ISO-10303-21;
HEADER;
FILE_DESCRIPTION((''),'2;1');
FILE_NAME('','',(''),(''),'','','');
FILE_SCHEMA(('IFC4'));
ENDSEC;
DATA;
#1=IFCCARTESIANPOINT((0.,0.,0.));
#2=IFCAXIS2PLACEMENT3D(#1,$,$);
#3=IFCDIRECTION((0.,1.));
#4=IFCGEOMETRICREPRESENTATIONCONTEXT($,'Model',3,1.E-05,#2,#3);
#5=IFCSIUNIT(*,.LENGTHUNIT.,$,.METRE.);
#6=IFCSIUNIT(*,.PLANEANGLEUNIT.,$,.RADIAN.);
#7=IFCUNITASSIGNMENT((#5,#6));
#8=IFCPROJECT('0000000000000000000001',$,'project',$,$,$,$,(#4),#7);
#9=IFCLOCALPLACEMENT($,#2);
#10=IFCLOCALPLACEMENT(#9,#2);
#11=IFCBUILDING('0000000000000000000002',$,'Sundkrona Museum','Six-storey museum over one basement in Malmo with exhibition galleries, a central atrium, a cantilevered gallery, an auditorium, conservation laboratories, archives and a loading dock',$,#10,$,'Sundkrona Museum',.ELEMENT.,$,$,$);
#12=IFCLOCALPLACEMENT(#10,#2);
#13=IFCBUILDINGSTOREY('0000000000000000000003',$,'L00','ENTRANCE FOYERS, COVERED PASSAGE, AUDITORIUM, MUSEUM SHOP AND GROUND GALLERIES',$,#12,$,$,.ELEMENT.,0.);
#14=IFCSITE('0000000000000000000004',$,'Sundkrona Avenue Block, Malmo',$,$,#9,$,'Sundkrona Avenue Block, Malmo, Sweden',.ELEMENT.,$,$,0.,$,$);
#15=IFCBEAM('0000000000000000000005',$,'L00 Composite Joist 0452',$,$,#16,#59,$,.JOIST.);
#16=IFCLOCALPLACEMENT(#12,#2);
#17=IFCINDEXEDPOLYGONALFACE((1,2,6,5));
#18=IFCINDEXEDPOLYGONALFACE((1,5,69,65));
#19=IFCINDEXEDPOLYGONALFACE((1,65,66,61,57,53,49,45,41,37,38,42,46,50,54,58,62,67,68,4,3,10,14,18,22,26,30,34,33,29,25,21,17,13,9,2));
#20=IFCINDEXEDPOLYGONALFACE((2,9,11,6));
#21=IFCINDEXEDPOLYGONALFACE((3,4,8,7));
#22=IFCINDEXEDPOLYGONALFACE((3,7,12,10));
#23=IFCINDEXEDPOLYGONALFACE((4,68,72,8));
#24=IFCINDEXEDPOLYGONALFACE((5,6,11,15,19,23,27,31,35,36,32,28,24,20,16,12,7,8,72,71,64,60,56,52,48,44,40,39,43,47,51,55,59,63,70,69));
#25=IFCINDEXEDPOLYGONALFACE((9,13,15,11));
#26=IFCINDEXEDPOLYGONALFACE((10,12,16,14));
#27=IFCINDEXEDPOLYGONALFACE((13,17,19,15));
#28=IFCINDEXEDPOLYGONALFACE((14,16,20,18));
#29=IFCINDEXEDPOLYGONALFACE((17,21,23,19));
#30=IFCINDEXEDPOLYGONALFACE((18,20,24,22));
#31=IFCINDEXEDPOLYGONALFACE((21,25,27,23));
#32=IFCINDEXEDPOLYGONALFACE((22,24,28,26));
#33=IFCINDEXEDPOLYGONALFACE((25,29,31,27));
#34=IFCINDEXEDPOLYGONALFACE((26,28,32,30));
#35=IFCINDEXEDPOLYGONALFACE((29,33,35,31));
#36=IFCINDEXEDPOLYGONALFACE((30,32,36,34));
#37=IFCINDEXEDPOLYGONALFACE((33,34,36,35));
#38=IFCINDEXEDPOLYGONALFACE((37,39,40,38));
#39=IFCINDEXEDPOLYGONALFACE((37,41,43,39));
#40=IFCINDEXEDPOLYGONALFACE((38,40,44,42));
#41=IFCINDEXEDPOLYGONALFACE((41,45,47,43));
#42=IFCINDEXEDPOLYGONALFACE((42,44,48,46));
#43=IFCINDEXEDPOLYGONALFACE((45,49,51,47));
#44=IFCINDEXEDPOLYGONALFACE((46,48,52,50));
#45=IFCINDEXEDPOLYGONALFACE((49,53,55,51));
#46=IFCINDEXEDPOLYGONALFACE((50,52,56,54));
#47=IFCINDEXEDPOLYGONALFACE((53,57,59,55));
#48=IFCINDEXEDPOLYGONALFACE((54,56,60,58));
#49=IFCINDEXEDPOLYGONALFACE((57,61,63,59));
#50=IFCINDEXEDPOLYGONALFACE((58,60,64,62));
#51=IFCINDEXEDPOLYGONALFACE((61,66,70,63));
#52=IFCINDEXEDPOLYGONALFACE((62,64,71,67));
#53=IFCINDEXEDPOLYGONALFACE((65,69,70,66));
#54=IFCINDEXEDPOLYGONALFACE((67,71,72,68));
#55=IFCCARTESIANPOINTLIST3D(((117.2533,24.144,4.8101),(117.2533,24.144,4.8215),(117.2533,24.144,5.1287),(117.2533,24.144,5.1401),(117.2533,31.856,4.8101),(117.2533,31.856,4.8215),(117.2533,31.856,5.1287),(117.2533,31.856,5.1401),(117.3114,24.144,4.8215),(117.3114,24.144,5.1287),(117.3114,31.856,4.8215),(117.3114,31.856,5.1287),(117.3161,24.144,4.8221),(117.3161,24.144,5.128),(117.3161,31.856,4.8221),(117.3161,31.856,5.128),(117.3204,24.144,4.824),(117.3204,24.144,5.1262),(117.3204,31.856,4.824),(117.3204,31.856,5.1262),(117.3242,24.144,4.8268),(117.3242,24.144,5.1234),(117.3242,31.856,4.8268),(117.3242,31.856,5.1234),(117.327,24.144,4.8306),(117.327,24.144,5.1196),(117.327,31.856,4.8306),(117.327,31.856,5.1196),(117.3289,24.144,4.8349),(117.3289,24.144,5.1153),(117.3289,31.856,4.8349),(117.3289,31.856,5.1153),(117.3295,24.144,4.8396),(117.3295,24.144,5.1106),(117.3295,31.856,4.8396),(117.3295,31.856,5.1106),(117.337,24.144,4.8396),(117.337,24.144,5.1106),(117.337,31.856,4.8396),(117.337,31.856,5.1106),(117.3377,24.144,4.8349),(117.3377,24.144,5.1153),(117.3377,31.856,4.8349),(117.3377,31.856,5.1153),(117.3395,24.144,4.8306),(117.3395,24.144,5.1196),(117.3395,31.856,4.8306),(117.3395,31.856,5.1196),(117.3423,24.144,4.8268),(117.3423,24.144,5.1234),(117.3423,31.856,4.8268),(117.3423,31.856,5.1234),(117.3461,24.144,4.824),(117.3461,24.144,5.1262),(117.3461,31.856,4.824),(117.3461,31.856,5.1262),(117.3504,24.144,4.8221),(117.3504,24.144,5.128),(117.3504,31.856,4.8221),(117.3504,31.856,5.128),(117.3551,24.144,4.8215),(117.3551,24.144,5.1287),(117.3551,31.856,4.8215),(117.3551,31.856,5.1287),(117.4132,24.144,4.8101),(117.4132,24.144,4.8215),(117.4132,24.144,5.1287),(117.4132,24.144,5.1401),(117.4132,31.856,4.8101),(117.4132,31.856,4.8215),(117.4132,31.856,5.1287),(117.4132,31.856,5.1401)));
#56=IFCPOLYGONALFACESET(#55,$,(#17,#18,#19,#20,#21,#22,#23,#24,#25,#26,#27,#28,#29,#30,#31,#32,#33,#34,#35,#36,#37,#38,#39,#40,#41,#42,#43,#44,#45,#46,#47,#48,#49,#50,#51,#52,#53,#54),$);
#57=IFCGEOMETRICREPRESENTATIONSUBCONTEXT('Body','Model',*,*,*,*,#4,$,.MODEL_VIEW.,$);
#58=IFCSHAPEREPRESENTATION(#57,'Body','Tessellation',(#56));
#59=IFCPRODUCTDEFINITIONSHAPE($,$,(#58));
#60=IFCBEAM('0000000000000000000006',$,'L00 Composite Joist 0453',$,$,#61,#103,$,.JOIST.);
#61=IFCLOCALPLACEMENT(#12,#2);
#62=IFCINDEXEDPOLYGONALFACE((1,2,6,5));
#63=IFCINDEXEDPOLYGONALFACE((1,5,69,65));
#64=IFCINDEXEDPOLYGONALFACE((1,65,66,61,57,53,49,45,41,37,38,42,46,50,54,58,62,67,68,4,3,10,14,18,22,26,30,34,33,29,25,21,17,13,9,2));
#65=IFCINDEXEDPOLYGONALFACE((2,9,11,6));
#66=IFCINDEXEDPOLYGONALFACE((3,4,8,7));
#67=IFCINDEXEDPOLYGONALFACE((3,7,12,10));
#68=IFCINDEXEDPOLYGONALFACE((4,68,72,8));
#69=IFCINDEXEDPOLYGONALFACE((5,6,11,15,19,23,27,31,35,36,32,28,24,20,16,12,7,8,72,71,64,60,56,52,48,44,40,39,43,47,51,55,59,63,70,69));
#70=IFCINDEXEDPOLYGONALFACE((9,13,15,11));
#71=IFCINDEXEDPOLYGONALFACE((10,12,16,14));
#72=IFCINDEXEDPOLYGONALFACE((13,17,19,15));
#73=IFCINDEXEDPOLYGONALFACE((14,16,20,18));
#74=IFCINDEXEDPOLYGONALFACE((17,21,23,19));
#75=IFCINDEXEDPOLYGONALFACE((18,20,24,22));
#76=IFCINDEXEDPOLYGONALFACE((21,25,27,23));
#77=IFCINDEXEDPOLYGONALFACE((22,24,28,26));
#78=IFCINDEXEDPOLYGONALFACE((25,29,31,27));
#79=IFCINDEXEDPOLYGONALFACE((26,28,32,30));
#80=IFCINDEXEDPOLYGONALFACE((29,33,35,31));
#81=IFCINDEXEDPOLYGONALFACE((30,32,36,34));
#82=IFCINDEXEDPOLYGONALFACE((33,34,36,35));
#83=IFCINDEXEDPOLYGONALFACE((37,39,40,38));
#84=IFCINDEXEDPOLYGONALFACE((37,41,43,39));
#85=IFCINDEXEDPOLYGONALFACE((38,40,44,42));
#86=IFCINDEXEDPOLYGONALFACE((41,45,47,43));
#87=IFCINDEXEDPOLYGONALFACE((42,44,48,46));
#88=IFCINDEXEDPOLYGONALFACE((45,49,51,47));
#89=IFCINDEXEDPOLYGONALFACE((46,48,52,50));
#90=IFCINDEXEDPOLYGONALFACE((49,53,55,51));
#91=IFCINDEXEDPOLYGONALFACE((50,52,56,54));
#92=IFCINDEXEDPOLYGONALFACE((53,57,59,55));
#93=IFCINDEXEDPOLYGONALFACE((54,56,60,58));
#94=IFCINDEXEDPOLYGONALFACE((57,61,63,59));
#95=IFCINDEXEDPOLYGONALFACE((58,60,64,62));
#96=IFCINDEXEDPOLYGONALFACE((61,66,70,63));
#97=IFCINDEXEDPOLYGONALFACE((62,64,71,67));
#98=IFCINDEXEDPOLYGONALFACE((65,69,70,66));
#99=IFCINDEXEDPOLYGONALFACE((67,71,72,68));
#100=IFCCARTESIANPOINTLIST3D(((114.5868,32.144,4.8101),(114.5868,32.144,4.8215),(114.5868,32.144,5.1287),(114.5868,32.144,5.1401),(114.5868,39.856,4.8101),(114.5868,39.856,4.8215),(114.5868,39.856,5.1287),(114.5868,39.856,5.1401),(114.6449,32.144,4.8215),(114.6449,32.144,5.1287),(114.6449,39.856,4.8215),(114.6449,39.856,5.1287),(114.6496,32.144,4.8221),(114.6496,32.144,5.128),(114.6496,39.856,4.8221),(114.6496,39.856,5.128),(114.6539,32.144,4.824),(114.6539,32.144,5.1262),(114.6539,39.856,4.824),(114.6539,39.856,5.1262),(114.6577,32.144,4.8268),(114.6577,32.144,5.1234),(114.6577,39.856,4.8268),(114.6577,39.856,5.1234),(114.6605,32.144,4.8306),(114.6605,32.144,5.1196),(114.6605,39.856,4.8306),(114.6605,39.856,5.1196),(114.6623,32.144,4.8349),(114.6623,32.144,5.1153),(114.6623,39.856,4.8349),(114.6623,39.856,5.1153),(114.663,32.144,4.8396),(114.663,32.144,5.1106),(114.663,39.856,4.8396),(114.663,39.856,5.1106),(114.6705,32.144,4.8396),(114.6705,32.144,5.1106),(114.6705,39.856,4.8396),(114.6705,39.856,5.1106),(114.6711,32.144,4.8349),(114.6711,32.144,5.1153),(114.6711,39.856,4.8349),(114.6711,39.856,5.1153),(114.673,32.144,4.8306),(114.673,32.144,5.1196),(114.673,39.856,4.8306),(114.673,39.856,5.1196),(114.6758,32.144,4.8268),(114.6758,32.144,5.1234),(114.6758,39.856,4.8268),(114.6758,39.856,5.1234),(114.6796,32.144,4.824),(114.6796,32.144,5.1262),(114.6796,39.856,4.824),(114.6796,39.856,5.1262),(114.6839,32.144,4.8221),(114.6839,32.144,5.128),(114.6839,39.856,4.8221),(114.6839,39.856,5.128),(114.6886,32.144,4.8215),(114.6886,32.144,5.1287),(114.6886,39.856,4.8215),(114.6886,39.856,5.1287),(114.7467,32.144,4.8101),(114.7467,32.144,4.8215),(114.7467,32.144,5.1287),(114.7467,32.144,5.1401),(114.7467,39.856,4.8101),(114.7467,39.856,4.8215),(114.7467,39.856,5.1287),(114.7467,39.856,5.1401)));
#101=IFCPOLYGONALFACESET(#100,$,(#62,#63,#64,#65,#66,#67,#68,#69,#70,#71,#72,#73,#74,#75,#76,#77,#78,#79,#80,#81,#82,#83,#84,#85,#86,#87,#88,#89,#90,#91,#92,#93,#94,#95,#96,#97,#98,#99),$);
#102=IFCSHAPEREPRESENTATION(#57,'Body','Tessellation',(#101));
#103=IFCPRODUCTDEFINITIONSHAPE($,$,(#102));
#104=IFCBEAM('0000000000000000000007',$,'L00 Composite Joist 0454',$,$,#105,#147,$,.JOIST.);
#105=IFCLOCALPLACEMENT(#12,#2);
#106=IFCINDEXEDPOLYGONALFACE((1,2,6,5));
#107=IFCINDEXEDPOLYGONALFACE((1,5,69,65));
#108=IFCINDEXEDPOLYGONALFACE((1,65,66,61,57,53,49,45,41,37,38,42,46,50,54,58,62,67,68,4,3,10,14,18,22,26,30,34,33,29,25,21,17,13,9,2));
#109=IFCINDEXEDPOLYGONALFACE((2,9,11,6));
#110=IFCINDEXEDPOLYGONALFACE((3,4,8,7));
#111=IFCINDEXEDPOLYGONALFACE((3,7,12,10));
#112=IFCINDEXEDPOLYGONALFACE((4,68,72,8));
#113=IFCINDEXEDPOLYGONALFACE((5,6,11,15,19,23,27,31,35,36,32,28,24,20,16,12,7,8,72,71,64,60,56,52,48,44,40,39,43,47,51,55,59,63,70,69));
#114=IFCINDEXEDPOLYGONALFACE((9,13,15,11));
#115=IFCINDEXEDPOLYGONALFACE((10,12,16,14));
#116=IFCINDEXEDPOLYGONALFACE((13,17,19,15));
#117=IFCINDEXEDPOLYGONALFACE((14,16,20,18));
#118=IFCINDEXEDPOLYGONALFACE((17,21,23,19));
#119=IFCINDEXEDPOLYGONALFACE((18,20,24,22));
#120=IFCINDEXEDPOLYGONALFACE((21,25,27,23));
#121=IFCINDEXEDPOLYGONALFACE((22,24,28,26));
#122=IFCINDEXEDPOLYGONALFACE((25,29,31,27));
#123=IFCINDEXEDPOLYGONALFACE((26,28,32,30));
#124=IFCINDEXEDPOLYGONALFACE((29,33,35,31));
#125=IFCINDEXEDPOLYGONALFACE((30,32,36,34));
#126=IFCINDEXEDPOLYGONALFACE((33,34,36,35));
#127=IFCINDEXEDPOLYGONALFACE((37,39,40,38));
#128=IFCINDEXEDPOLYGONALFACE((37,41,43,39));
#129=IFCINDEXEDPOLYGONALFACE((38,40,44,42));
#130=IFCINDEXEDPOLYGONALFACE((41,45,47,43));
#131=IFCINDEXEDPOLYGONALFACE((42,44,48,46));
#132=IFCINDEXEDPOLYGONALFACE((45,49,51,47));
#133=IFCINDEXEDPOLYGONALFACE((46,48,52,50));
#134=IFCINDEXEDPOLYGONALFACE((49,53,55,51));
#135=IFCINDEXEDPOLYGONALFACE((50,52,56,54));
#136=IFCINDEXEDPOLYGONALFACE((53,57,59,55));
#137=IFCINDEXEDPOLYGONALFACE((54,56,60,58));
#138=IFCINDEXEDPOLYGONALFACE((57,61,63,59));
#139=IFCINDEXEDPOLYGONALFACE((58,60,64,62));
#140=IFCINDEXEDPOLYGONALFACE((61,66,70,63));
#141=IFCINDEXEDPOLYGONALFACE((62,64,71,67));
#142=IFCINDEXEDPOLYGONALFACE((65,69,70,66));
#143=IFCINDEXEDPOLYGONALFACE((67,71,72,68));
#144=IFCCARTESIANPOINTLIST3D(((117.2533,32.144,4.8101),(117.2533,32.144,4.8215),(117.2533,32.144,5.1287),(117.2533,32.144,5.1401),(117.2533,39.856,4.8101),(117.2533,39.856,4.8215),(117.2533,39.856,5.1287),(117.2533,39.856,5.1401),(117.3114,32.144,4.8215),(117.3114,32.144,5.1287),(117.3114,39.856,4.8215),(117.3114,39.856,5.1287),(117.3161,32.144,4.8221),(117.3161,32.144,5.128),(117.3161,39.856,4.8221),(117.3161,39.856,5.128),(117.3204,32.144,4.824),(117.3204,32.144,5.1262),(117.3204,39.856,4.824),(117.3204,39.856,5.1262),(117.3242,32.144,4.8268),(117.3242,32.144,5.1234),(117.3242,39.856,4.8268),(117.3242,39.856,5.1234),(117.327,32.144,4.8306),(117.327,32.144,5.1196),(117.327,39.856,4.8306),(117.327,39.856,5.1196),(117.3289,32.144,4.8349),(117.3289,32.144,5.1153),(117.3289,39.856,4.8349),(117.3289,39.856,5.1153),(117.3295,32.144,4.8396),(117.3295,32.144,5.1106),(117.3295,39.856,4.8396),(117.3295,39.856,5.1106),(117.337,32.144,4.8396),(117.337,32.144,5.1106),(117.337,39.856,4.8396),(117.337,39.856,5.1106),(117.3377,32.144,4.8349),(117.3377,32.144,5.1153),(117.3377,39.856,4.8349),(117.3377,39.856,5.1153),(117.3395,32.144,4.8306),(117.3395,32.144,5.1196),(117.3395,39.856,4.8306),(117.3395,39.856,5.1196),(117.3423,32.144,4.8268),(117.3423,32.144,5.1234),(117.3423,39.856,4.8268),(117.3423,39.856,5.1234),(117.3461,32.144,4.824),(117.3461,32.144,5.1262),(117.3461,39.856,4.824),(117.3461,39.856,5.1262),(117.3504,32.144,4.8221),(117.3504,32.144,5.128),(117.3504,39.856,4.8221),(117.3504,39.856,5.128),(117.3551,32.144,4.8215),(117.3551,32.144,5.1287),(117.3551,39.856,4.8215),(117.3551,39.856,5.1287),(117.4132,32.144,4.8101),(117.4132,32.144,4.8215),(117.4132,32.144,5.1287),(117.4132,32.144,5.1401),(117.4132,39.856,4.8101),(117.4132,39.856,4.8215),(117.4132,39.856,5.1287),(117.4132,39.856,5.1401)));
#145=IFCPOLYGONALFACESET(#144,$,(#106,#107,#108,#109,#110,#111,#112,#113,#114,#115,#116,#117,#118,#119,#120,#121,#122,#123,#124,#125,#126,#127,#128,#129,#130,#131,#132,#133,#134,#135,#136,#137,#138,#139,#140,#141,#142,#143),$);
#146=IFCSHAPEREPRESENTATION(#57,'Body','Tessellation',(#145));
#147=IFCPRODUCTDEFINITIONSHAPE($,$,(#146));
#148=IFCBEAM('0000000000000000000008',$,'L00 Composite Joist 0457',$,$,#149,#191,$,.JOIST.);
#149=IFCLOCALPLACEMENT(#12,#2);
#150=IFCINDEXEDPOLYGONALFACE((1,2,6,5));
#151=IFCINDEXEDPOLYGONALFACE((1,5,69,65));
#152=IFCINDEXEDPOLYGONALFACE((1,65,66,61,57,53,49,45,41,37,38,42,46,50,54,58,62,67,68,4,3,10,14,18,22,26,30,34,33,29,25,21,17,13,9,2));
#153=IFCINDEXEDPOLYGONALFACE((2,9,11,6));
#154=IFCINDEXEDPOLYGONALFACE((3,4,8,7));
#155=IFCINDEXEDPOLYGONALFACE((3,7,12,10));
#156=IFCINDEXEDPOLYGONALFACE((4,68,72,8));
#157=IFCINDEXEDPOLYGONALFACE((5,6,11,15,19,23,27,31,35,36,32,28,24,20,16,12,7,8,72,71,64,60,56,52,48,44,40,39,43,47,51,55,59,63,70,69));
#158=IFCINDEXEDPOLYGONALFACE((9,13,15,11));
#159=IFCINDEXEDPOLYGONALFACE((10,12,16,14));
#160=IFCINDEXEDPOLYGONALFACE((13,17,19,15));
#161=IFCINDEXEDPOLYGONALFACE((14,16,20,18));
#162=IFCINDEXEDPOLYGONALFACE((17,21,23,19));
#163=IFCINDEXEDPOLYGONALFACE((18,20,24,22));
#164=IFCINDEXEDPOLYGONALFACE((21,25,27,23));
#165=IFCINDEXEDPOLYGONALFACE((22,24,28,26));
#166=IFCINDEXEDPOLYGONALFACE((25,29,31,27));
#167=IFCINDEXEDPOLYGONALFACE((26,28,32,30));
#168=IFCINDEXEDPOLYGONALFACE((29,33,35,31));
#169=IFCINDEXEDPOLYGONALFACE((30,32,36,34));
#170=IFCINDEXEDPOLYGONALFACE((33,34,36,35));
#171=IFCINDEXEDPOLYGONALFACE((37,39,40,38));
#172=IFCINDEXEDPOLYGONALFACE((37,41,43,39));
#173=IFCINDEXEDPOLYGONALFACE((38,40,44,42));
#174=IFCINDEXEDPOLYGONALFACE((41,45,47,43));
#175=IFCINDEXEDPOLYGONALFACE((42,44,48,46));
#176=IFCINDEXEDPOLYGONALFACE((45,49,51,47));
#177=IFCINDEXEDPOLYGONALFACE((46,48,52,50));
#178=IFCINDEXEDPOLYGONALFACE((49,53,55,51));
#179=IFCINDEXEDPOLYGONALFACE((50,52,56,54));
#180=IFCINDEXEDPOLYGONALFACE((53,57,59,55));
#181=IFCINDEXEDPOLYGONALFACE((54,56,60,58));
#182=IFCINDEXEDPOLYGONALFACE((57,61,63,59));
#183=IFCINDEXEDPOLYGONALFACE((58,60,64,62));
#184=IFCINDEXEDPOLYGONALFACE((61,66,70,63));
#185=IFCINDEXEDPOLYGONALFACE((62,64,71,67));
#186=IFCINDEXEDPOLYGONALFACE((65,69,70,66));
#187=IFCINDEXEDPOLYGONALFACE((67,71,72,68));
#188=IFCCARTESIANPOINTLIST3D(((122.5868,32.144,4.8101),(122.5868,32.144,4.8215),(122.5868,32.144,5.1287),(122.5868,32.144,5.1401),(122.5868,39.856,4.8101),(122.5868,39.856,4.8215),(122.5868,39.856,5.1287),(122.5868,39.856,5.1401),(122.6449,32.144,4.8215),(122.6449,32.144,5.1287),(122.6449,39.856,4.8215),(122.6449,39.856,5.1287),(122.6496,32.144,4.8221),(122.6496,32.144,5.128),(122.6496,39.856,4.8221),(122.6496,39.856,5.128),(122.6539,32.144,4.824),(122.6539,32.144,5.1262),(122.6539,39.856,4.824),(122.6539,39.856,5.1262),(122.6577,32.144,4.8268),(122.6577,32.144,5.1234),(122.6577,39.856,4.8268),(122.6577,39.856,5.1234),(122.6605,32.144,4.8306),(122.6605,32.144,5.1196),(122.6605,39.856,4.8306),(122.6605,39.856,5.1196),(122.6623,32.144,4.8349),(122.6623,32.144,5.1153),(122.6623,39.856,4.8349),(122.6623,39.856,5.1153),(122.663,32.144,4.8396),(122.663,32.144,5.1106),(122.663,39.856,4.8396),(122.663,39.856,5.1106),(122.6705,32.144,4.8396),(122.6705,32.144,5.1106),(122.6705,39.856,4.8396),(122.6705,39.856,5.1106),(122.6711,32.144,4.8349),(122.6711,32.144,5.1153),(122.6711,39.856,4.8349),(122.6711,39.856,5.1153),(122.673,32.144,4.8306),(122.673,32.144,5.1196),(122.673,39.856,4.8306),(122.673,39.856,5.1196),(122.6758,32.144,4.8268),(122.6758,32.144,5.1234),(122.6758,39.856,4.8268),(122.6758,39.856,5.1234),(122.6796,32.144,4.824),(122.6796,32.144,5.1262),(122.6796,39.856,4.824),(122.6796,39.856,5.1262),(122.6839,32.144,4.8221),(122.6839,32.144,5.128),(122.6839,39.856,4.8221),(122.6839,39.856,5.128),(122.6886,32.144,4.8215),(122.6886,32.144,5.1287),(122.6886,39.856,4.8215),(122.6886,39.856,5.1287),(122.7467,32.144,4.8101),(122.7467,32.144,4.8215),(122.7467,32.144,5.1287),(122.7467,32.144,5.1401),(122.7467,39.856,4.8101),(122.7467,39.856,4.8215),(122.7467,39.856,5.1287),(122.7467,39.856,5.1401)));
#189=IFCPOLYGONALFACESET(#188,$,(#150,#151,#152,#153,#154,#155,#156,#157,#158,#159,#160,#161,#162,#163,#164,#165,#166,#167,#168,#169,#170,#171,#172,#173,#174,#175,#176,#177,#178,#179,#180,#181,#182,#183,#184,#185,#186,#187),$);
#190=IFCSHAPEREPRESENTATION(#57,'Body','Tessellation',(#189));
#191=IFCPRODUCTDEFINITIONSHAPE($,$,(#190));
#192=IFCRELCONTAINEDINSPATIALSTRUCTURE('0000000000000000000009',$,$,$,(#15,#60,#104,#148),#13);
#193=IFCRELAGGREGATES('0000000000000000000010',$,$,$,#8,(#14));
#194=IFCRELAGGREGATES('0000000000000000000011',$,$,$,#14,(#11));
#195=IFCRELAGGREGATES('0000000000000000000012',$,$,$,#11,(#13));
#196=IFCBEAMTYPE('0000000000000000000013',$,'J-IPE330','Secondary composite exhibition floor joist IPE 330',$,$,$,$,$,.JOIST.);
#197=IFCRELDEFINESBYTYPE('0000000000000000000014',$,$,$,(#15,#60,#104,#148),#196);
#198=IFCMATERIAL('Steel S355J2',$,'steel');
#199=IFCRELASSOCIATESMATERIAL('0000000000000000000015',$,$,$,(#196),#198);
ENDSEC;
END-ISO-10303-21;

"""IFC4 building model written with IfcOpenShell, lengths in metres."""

from ifc_helpers import new_model, si_unit, direction, frame, origin, origin_2d, place, context, subcontext, project, spatial, i_section, extrude, material, material_profile, profile_set, type_object, element, save


model = new_model("IFC4")

# Units and contexts
model_context = context("Model", 3, precision=1e-05, world=origin(), true_north=direction((0.0, 1.0)))
body_context = subcontext(model_context, "Body", "Model", "MODEL_VIEW")
ifc_project = project(units=[si_unit("LENGTHUNIT", "METRE"), si_unit("PLANEANGLEUNIT", "RADIAN")], contexts=[model_context])

# Site, building, storey
site_placement = place(None, origin())
site = spatial("IfcSite", under=ifc_project, at=site_placement, Name="Sundkrona Avenue Block, Malmo", LongName="Sundkrona Avenue Block, Malmo, Sweden", CompositionType="ELEMENT", RefElevation=0.0)
building_placement = place(site_placement, origin())
building = spatial("IfcBuilding", under=site, at=building_placement, Name="Sundkrona Museum", Description="Six-storey museum over one basement in Malmo with exhibition galleries, a central atrium, a cantilevered gallery, an auditorium, conservation laboratories, archives and a loading dock", LongName="Sundkrona Museum", CompositionType="ELEMENT")
storey_placement = place(building_placement, origin())
storey = spatial("IfcBuildingStorey", under=building, at=storey_placement, Name="L00", Description="ENTRANCE FOYERS, COVERED PASSAGE, AUDITORIUM, MUSEUM SHOP AND GROUND GALLERIES", CompositionType="ELEMENT", Elevation=0.0)

# Shared definitions
ifc_material_1 = material(Name="Steel S355J2", Category="steel")

# Beams
ifc_material_profile_1 = material_profile(ifc_material_1, i_section(OverallWidth=0.1599, OverallDepth=0.3301, WebThickness=0.0076, FlangeThickness=0.0115, FilletRadius=0.0181, at=origin_2d()), Name="IPE 330")
ifc_profile_set_1 = profile_set([ifc_material_profile_1], Name="Steel S355J2")
beam_type_1 = type_object("IfcBeamType", Name="J-IPE330", Description="Secondary composite exhibition floor joist IPE 330", PredefinedType="JOIST", material=ifc_profile_set_1)
for number, where, z_axis, x_axis, name in (
    (1, (117.3333, 24.144, 4.9751), (0.0, 1.0, 0.0), (-1.0, 0.0, 0.0), "L00 Composite Joist 0452"),
    (2, (114.6667, 32.144, 4.9751), (0.0, 1.0, 0.0), (-1.0, 0.0, 0.0), "L00 Composite Joist 0453"),
    (3, (117.3333, 32.144, 4.9751), (0.0, 1.0, 0.0), (-1.0, 0.0, 0.0), "L00 Composite Joist 0454"),
    (4, (122.6667, 32.144, 4.9751), (0.0, 1.0, 0.0), (-1.0, 0.0, 0.0), "L00 Composite Joist 0457"),
):
    element("IfcBeam", number, at=place(storey_placement, frame(where, z_axis=z_axis, x_axis=x_axis)), inside=storey, type_object=beam_type_1, Name=name, PredefinedType="JOIST", context=body_context, shape_type="SweptSolid", body=[
        extrude(i_section(OverallWidth=0.1599, OverallDepth=0.3301, WebThickness=0.0076, FlangeThickness=0.0115, FilletRadius=0.0181, at=origin_2d()), origin(), (0.0, 0.0, 1.0), 7.7119),
    ])

save(model, "model.ifc")
